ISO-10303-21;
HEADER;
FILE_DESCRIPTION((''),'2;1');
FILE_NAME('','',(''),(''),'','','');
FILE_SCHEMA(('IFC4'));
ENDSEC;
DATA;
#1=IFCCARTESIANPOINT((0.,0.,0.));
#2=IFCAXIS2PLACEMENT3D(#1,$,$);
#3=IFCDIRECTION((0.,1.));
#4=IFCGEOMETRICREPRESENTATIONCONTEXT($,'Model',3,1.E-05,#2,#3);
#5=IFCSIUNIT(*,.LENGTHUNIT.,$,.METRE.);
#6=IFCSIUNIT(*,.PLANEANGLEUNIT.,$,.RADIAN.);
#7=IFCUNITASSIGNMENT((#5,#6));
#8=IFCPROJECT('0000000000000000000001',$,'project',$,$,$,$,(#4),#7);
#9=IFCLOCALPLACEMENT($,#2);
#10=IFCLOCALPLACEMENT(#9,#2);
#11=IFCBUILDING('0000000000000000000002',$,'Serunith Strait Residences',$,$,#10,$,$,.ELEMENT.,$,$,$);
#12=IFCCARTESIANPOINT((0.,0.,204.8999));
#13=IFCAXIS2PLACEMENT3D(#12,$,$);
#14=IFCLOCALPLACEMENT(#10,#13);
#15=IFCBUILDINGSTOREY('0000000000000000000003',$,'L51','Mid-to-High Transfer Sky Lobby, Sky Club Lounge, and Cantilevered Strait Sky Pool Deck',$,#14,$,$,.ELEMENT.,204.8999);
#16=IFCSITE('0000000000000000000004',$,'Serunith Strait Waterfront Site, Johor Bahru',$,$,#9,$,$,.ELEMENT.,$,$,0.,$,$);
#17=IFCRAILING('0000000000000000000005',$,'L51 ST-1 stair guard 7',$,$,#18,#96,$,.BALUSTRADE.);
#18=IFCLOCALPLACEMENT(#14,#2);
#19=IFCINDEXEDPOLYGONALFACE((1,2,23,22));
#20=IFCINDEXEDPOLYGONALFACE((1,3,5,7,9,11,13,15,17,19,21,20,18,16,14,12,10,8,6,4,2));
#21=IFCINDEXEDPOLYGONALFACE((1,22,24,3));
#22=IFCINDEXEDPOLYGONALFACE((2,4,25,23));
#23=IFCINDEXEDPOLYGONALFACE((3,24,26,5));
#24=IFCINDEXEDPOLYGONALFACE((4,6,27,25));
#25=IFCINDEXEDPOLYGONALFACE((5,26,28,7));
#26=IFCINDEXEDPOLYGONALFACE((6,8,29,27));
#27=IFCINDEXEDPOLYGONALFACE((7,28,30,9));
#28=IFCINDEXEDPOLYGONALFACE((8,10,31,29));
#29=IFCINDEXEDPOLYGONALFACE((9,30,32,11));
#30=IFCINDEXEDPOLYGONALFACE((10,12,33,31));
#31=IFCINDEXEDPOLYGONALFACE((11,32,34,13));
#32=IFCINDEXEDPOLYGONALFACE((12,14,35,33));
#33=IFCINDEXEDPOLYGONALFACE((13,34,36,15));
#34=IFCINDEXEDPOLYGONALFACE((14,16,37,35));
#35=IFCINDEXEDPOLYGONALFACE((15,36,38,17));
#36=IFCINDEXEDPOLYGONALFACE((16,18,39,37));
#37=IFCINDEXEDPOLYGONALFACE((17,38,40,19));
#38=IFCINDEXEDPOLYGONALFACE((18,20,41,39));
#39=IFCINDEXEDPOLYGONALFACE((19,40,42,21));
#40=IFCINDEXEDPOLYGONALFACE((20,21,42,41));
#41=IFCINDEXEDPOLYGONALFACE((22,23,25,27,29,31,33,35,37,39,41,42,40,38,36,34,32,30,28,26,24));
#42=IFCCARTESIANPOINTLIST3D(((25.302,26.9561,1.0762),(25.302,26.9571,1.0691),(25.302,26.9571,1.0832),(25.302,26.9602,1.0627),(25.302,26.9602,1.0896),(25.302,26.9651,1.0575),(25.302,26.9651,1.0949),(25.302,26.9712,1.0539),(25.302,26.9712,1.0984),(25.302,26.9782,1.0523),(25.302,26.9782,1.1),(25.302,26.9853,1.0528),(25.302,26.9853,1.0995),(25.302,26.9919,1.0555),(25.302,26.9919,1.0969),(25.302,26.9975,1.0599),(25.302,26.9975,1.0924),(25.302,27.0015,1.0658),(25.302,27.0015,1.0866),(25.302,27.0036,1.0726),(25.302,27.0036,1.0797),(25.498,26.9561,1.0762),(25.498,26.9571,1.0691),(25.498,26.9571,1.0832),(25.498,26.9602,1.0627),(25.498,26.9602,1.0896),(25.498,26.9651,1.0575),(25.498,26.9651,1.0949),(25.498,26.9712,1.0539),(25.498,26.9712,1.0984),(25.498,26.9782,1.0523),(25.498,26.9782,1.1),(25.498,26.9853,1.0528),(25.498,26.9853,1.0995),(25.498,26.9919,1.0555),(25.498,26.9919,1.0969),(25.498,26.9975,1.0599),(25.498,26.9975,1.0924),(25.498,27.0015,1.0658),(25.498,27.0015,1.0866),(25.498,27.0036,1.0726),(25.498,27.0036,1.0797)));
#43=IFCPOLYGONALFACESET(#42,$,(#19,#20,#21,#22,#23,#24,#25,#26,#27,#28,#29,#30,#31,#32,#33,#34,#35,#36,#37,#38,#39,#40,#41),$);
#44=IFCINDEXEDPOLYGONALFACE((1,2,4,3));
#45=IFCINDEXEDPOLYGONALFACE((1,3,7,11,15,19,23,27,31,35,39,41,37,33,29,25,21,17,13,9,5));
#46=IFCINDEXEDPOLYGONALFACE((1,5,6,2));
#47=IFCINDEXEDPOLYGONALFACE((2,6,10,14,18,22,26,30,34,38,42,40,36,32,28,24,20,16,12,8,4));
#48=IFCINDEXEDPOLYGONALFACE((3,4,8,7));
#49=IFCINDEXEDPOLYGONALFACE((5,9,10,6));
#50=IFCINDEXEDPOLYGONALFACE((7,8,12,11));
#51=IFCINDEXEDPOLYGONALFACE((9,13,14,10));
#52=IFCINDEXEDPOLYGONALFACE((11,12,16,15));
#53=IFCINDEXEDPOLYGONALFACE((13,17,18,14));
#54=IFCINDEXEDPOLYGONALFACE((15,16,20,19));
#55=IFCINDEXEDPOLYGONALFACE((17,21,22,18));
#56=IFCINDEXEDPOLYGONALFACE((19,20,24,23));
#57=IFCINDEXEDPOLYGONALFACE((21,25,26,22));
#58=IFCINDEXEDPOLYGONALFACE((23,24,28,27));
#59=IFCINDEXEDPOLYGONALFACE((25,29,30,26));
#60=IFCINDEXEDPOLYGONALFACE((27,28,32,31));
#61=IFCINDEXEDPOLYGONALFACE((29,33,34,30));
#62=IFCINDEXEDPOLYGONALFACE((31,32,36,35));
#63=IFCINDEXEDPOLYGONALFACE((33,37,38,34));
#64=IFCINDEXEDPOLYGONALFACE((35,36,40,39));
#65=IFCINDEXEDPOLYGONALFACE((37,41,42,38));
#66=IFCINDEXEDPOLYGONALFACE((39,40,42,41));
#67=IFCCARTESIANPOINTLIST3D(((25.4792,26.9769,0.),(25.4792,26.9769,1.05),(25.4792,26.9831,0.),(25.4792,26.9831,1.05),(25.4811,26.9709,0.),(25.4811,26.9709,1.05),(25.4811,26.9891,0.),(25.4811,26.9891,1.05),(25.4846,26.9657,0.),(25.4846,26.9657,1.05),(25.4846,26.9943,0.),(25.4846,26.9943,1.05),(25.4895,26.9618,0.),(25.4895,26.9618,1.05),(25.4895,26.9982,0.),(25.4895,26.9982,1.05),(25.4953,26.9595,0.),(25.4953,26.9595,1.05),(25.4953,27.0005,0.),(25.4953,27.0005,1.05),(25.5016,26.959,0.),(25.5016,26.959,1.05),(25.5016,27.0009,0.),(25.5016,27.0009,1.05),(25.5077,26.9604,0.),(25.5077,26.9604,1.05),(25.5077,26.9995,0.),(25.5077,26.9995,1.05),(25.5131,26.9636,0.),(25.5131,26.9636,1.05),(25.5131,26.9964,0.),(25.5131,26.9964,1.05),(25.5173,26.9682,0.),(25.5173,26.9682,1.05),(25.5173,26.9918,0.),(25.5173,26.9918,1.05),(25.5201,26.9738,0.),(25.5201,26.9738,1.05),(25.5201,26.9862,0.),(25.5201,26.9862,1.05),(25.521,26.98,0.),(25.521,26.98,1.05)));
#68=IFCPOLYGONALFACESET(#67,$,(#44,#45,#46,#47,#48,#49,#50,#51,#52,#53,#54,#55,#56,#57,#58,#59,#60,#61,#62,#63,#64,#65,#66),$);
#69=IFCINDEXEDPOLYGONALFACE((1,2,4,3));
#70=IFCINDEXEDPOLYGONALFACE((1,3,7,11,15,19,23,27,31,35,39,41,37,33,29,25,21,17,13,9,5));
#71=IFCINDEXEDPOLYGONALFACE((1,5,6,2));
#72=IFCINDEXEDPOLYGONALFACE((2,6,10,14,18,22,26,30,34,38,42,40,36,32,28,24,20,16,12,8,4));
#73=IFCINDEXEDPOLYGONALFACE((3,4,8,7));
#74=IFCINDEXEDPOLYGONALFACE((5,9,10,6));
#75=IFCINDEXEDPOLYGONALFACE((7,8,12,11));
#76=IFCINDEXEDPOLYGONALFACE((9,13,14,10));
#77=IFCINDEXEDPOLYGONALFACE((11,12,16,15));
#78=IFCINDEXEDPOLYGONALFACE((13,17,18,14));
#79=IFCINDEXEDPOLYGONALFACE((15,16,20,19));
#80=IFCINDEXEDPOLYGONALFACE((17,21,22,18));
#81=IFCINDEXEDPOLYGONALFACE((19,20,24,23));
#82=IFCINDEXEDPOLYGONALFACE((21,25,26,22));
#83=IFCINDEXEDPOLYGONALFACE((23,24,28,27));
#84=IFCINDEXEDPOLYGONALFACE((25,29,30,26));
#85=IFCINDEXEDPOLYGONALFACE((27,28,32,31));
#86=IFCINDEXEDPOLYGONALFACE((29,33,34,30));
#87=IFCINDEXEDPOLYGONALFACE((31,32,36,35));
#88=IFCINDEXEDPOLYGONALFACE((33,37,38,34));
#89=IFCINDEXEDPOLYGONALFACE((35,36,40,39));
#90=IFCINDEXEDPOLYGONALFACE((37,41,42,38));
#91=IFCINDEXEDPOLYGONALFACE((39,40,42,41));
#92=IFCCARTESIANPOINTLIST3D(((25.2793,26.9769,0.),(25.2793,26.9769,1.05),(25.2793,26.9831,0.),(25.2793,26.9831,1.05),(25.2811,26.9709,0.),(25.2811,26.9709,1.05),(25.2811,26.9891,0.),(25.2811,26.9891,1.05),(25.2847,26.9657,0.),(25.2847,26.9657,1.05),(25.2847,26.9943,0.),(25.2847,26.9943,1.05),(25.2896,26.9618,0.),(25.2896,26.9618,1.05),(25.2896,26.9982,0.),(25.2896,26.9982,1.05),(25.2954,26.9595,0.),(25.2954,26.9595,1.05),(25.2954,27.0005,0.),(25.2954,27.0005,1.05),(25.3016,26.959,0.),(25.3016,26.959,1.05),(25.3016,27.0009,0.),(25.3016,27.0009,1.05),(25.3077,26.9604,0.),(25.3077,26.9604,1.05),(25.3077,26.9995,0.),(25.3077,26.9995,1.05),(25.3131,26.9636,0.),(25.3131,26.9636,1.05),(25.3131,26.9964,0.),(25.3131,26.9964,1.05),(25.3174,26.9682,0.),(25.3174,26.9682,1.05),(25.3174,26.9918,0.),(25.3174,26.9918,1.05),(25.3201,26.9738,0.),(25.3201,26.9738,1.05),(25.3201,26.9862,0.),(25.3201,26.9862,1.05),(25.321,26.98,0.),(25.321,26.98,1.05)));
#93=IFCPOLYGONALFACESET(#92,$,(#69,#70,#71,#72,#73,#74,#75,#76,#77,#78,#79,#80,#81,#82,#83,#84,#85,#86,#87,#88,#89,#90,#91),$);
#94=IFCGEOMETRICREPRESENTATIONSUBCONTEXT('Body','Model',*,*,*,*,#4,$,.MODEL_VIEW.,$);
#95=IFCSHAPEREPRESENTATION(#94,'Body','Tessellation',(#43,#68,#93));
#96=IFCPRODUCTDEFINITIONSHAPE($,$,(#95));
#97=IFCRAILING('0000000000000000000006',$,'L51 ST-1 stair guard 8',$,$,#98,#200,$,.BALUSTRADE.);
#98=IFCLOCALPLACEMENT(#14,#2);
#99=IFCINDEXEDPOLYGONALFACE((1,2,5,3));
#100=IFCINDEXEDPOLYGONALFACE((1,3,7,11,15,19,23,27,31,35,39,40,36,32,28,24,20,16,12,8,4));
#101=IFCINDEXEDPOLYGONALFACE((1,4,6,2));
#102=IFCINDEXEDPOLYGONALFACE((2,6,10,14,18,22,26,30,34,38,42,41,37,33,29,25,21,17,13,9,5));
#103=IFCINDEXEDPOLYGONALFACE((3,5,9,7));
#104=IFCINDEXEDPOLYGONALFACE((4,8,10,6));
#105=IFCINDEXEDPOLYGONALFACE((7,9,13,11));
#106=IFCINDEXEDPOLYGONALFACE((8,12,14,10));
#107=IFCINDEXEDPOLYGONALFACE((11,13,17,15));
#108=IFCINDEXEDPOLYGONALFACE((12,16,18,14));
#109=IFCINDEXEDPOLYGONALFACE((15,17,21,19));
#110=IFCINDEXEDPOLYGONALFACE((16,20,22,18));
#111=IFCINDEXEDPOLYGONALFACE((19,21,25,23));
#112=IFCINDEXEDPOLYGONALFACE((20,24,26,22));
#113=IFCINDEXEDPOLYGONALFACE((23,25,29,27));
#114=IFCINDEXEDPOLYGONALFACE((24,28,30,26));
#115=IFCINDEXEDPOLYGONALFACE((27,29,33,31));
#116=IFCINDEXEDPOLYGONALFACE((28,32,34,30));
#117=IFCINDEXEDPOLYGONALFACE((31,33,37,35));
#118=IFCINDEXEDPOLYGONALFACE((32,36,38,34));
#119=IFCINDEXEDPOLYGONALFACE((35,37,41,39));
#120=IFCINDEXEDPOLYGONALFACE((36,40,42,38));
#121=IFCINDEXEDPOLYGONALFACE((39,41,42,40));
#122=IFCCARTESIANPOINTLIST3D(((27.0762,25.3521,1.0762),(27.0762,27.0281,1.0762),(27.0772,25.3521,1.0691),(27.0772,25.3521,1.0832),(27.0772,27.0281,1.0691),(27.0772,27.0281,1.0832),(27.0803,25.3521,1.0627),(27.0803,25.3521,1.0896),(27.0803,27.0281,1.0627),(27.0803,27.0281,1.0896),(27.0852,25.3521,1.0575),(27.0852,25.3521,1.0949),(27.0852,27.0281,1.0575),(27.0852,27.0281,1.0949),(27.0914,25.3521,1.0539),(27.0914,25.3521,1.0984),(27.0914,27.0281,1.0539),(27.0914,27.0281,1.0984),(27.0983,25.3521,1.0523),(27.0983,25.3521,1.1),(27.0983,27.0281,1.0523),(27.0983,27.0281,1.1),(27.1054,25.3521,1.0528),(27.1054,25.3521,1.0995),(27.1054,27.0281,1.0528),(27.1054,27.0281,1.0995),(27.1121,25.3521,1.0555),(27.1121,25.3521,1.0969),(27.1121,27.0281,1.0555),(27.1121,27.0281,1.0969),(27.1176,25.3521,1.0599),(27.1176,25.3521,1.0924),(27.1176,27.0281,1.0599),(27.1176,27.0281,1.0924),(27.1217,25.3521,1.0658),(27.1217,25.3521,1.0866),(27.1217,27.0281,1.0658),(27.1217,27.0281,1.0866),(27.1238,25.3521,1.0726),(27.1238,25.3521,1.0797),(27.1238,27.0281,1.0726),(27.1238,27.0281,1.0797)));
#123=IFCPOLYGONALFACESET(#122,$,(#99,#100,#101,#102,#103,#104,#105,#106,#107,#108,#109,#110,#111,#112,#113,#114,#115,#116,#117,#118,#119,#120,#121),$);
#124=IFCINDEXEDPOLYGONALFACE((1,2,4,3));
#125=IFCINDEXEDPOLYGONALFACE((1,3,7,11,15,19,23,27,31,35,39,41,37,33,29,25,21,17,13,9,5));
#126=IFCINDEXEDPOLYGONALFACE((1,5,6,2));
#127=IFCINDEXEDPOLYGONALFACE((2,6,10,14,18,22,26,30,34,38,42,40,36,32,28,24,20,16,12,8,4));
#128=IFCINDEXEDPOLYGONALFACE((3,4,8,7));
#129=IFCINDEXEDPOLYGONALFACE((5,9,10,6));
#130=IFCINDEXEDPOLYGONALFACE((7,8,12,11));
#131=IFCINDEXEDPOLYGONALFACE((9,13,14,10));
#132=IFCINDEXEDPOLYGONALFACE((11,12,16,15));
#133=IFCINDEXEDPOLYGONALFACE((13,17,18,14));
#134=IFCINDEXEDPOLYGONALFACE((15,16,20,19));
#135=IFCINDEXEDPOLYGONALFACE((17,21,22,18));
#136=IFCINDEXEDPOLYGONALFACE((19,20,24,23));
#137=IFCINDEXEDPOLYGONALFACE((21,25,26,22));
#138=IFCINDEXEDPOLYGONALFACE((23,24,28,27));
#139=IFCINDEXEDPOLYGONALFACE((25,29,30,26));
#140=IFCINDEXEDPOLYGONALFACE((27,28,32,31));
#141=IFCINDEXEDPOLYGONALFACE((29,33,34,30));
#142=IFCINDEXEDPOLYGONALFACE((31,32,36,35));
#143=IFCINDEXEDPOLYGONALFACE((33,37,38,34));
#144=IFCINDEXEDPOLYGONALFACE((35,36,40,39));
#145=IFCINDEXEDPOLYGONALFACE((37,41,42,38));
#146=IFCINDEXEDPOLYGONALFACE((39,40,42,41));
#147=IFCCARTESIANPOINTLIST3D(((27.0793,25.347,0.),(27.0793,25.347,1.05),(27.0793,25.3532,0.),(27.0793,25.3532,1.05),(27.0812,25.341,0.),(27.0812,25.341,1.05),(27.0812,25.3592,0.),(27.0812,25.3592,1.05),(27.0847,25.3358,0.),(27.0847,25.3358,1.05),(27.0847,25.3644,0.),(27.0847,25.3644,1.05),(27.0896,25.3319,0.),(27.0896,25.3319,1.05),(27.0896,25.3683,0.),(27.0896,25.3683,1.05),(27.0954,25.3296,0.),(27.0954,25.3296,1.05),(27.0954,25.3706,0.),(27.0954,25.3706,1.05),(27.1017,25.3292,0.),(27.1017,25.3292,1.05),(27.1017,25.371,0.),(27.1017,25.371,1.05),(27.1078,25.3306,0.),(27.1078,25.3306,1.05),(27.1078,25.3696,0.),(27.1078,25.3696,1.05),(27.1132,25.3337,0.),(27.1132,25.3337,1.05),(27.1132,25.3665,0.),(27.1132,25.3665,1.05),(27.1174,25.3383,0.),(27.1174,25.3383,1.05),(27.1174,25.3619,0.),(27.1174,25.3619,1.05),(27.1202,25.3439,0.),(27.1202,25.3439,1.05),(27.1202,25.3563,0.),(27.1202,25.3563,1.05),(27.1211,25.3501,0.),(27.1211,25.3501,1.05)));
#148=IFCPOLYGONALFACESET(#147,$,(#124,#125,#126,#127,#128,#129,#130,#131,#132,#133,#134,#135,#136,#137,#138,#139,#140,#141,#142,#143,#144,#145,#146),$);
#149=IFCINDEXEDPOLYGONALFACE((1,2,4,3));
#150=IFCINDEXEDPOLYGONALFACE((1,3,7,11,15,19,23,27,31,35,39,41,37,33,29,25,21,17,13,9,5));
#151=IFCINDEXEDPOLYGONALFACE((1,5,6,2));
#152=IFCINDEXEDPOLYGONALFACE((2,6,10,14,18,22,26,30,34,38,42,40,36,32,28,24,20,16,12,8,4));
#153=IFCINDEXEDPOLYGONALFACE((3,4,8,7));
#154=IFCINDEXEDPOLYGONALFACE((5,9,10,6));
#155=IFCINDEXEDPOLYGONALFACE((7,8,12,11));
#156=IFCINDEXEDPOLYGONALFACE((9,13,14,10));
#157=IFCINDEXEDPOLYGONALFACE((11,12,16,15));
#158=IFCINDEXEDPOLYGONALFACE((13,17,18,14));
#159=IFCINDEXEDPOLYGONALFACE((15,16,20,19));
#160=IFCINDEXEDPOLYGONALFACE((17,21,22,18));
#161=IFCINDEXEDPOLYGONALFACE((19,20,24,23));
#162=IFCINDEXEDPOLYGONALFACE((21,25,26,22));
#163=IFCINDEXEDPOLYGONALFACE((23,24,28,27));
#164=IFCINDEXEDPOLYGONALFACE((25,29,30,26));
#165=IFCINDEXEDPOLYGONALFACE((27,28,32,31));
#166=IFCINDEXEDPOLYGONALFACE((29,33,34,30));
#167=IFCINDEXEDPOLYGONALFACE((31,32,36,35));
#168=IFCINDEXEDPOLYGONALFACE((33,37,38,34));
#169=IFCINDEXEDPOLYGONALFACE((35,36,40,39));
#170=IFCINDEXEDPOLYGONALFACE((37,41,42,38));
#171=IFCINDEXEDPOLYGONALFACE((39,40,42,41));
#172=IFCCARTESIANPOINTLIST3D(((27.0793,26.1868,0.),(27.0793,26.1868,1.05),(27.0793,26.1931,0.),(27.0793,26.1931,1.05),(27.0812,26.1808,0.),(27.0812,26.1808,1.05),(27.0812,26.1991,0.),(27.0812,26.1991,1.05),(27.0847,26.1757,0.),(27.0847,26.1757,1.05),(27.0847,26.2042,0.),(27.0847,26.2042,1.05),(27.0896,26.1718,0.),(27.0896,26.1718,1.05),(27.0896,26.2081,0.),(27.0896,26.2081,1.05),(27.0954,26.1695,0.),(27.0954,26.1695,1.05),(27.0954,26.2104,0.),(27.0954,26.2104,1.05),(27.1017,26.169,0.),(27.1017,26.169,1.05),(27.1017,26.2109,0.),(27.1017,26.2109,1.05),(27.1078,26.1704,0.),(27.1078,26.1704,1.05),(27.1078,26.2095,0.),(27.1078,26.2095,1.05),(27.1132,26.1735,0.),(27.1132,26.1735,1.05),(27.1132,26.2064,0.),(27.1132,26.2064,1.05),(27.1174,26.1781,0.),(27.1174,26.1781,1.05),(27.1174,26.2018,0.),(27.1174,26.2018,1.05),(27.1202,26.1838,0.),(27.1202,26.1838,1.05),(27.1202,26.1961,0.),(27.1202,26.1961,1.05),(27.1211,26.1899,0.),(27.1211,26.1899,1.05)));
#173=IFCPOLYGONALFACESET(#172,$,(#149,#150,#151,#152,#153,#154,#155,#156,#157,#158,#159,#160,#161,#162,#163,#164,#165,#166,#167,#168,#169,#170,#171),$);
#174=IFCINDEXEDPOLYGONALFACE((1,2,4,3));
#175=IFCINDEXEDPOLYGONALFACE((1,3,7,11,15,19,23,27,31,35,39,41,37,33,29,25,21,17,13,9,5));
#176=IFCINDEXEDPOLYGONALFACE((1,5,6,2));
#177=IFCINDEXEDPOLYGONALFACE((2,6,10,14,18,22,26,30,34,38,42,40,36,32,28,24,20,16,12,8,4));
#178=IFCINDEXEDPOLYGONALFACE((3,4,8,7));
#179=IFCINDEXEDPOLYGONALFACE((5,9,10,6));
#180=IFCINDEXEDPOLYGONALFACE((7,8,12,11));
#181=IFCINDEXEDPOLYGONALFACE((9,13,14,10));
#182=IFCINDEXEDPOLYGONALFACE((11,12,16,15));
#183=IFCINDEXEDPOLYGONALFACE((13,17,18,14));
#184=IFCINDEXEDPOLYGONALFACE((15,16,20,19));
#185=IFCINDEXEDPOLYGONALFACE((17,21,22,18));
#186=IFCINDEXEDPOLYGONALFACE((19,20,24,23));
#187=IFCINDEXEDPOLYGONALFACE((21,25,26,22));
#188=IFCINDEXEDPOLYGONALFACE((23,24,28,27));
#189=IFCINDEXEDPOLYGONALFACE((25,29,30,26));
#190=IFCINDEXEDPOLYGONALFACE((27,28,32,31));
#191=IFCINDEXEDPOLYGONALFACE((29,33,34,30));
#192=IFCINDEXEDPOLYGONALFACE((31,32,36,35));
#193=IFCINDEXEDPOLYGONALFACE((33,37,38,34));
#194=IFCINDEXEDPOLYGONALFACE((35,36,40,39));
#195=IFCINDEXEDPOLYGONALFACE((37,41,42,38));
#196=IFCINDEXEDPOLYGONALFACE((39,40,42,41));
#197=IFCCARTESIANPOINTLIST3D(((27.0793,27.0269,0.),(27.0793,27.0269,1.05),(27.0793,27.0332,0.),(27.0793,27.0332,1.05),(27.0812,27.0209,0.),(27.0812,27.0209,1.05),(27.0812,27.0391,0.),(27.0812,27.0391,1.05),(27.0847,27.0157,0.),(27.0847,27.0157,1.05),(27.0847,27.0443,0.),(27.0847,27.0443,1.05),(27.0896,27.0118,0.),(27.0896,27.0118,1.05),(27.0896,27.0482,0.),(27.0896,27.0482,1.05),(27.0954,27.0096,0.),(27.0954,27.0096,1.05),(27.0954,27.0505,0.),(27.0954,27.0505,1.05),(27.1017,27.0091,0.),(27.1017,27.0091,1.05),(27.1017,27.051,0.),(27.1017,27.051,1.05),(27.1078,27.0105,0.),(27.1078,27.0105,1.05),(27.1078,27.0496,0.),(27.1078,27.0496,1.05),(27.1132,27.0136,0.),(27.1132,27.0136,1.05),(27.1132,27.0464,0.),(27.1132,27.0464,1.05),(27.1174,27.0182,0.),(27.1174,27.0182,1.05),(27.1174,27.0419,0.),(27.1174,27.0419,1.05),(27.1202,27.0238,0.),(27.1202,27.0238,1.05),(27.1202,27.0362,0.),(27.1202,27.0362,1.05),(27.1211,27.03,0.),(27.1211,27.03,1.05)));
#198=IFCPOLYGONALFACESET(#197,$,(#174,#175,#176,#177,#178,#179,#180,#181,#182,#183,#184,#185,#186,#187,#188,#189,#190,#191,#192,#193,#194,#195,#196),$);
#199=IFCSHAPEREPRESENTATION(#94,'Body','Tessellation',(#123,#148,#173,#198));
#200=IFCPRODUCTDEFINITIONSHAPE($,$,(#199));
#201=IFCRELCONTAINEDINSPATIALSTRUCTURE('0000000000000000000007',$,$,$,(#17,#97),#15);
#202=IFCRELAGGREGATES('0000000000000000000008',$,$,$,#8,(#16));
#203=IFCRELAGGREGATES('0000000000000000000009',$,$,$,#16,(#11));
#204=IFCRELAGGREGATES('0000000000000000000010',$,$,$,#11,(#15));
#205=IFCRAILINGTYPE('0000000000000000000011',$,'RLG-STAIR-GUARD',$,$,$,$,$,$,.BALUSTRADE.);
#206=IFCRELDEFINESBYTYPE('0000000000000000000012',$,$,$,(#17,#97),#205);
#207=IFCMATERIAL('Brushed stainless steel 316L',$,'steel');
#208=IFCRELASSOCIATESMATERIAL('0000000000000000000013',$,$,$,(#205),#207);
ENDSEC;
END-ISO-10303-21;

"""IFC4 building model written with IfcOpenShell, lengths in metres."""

from ifc_helpers import new_model, si_unit, direction, frame, origin, origin_2d, place, context, subcontext, project, spatial, circle, extrude, material, type_object, element, save


model = new_model("IFC4")

# Units and contexts
model_context = context("Model", 3, precision=1e-05, world=origin(), true_north=direction((0.0, 1.0)))
body_context = subcontext(model_context, "Body", "Model", "MODEL_VIEW")
ifc_project = project(units=[si_unit("LENGTHUNIT", "METRE"), si_unit("PLANEANGLEUNIT", "RADIAN")], contexts=[model_context])

# Site, building, storey
site_placement = place(None, origin())
site = spatial("IfcSite", under=ifc_project, at=site_placement, Name="Serunith Strait Waterfront Site, Johor Bahru", CompositionType="ELEMENT", RefElevation=0.0)
building_placement = place(site_placement, origin())
building = spatial("IfcBuilding", under=site, at=building_placement, Name="Serunith Strait Residences", CompositionType="ELEMENT")
storey_placement = place(building_placement, frame((0.0, 0.0, 204.8999)))
storey = spatial("IfcBuildingStorey", under=building, at=storey_placement, Name="L51", Description="Mid-to-High Transfer Sky Lobby, Sky Club Lounge, and Cantilevered Strait Sky Pool Deck", CompositionType="ELEMENT", Elevation=204.8999)

# Railings
ifc_material_1 = material(Name="Brushed stainless steel 316L", Category="steel")
railing_type_1 = type_object("IfcRailingType", Name="RLG-STAIR-GUARD", PredefinedType="BALUSTRADE", material=ifc_material_1)
railing_1_placement = place(storey_placement, frame((25.5, 26.98, 0.0)))
element("IfcRailing", 1, at=railing_1_placement, inside=storey, type_object=railing_type_1, Name="L51 ST-1 stair guard 7", PredefinedType="BALUSTRADE", context=body_context, shape_type="SweptSolid", body=[
    extrude(circle(Radius=0.0239, at=origin_2d()), frame((-0.002, 0.0, 1.0762), z_axis=(-1.0, 0.0, 0.0), x_axis=(0.0, -1.0, 0.0)), (0.0, 0.0, 1.0), 0.196),
    extrude(circle(Radius=0.021, at=origin_2d()), origin(), (0.0, 0.0, 1.0), 1.05),
    extrude(circle(Radius=0.021, at=origin_2d()), frame((-0.2, 0.0, 0.0)), (0.0, 0.0, 1.0), 1.05),
])
for number, where, name in (
    (2, (27.1001, 25.3501, 0.0), "L51 ST-1 stair guard 8"),
):
    element("IfcRailing", number, at=place(storey_placement, frame(where)), inside=storey, type_object=railing_type_1, Name=name, PredefinedType="BALUSTRADE", context=body_context, shape_type="SweptSolid", body=[
        extrude(circle(Radius=0.0239, at=origin_2d()), frame((0.0, 0.002, 1.0762), z_axis=(0.0, 1.0, 0.0), x_axis=(-1.0, 0.0, 0.0)), (0.0, 0.0, 1.0), 1.676),
        extrude(circle(Radius=0.021, at=origin_2d()), origin(), (0.0, 0.0, 1.0), 1.05),
        extrude(circle(Radius=0.021, at=origin_2d()), frame((0.0, 0.8398, 0.0)), (0.0, 0.0, 1.0), 1.05),
        extrude(circle(Radius=0.021, at=origin_2d()), frame((0.0, 1.6799, 0.0)), (0.0, 0.0, 1.0), 1.05),
    ])

save(model, "model.ifc")
